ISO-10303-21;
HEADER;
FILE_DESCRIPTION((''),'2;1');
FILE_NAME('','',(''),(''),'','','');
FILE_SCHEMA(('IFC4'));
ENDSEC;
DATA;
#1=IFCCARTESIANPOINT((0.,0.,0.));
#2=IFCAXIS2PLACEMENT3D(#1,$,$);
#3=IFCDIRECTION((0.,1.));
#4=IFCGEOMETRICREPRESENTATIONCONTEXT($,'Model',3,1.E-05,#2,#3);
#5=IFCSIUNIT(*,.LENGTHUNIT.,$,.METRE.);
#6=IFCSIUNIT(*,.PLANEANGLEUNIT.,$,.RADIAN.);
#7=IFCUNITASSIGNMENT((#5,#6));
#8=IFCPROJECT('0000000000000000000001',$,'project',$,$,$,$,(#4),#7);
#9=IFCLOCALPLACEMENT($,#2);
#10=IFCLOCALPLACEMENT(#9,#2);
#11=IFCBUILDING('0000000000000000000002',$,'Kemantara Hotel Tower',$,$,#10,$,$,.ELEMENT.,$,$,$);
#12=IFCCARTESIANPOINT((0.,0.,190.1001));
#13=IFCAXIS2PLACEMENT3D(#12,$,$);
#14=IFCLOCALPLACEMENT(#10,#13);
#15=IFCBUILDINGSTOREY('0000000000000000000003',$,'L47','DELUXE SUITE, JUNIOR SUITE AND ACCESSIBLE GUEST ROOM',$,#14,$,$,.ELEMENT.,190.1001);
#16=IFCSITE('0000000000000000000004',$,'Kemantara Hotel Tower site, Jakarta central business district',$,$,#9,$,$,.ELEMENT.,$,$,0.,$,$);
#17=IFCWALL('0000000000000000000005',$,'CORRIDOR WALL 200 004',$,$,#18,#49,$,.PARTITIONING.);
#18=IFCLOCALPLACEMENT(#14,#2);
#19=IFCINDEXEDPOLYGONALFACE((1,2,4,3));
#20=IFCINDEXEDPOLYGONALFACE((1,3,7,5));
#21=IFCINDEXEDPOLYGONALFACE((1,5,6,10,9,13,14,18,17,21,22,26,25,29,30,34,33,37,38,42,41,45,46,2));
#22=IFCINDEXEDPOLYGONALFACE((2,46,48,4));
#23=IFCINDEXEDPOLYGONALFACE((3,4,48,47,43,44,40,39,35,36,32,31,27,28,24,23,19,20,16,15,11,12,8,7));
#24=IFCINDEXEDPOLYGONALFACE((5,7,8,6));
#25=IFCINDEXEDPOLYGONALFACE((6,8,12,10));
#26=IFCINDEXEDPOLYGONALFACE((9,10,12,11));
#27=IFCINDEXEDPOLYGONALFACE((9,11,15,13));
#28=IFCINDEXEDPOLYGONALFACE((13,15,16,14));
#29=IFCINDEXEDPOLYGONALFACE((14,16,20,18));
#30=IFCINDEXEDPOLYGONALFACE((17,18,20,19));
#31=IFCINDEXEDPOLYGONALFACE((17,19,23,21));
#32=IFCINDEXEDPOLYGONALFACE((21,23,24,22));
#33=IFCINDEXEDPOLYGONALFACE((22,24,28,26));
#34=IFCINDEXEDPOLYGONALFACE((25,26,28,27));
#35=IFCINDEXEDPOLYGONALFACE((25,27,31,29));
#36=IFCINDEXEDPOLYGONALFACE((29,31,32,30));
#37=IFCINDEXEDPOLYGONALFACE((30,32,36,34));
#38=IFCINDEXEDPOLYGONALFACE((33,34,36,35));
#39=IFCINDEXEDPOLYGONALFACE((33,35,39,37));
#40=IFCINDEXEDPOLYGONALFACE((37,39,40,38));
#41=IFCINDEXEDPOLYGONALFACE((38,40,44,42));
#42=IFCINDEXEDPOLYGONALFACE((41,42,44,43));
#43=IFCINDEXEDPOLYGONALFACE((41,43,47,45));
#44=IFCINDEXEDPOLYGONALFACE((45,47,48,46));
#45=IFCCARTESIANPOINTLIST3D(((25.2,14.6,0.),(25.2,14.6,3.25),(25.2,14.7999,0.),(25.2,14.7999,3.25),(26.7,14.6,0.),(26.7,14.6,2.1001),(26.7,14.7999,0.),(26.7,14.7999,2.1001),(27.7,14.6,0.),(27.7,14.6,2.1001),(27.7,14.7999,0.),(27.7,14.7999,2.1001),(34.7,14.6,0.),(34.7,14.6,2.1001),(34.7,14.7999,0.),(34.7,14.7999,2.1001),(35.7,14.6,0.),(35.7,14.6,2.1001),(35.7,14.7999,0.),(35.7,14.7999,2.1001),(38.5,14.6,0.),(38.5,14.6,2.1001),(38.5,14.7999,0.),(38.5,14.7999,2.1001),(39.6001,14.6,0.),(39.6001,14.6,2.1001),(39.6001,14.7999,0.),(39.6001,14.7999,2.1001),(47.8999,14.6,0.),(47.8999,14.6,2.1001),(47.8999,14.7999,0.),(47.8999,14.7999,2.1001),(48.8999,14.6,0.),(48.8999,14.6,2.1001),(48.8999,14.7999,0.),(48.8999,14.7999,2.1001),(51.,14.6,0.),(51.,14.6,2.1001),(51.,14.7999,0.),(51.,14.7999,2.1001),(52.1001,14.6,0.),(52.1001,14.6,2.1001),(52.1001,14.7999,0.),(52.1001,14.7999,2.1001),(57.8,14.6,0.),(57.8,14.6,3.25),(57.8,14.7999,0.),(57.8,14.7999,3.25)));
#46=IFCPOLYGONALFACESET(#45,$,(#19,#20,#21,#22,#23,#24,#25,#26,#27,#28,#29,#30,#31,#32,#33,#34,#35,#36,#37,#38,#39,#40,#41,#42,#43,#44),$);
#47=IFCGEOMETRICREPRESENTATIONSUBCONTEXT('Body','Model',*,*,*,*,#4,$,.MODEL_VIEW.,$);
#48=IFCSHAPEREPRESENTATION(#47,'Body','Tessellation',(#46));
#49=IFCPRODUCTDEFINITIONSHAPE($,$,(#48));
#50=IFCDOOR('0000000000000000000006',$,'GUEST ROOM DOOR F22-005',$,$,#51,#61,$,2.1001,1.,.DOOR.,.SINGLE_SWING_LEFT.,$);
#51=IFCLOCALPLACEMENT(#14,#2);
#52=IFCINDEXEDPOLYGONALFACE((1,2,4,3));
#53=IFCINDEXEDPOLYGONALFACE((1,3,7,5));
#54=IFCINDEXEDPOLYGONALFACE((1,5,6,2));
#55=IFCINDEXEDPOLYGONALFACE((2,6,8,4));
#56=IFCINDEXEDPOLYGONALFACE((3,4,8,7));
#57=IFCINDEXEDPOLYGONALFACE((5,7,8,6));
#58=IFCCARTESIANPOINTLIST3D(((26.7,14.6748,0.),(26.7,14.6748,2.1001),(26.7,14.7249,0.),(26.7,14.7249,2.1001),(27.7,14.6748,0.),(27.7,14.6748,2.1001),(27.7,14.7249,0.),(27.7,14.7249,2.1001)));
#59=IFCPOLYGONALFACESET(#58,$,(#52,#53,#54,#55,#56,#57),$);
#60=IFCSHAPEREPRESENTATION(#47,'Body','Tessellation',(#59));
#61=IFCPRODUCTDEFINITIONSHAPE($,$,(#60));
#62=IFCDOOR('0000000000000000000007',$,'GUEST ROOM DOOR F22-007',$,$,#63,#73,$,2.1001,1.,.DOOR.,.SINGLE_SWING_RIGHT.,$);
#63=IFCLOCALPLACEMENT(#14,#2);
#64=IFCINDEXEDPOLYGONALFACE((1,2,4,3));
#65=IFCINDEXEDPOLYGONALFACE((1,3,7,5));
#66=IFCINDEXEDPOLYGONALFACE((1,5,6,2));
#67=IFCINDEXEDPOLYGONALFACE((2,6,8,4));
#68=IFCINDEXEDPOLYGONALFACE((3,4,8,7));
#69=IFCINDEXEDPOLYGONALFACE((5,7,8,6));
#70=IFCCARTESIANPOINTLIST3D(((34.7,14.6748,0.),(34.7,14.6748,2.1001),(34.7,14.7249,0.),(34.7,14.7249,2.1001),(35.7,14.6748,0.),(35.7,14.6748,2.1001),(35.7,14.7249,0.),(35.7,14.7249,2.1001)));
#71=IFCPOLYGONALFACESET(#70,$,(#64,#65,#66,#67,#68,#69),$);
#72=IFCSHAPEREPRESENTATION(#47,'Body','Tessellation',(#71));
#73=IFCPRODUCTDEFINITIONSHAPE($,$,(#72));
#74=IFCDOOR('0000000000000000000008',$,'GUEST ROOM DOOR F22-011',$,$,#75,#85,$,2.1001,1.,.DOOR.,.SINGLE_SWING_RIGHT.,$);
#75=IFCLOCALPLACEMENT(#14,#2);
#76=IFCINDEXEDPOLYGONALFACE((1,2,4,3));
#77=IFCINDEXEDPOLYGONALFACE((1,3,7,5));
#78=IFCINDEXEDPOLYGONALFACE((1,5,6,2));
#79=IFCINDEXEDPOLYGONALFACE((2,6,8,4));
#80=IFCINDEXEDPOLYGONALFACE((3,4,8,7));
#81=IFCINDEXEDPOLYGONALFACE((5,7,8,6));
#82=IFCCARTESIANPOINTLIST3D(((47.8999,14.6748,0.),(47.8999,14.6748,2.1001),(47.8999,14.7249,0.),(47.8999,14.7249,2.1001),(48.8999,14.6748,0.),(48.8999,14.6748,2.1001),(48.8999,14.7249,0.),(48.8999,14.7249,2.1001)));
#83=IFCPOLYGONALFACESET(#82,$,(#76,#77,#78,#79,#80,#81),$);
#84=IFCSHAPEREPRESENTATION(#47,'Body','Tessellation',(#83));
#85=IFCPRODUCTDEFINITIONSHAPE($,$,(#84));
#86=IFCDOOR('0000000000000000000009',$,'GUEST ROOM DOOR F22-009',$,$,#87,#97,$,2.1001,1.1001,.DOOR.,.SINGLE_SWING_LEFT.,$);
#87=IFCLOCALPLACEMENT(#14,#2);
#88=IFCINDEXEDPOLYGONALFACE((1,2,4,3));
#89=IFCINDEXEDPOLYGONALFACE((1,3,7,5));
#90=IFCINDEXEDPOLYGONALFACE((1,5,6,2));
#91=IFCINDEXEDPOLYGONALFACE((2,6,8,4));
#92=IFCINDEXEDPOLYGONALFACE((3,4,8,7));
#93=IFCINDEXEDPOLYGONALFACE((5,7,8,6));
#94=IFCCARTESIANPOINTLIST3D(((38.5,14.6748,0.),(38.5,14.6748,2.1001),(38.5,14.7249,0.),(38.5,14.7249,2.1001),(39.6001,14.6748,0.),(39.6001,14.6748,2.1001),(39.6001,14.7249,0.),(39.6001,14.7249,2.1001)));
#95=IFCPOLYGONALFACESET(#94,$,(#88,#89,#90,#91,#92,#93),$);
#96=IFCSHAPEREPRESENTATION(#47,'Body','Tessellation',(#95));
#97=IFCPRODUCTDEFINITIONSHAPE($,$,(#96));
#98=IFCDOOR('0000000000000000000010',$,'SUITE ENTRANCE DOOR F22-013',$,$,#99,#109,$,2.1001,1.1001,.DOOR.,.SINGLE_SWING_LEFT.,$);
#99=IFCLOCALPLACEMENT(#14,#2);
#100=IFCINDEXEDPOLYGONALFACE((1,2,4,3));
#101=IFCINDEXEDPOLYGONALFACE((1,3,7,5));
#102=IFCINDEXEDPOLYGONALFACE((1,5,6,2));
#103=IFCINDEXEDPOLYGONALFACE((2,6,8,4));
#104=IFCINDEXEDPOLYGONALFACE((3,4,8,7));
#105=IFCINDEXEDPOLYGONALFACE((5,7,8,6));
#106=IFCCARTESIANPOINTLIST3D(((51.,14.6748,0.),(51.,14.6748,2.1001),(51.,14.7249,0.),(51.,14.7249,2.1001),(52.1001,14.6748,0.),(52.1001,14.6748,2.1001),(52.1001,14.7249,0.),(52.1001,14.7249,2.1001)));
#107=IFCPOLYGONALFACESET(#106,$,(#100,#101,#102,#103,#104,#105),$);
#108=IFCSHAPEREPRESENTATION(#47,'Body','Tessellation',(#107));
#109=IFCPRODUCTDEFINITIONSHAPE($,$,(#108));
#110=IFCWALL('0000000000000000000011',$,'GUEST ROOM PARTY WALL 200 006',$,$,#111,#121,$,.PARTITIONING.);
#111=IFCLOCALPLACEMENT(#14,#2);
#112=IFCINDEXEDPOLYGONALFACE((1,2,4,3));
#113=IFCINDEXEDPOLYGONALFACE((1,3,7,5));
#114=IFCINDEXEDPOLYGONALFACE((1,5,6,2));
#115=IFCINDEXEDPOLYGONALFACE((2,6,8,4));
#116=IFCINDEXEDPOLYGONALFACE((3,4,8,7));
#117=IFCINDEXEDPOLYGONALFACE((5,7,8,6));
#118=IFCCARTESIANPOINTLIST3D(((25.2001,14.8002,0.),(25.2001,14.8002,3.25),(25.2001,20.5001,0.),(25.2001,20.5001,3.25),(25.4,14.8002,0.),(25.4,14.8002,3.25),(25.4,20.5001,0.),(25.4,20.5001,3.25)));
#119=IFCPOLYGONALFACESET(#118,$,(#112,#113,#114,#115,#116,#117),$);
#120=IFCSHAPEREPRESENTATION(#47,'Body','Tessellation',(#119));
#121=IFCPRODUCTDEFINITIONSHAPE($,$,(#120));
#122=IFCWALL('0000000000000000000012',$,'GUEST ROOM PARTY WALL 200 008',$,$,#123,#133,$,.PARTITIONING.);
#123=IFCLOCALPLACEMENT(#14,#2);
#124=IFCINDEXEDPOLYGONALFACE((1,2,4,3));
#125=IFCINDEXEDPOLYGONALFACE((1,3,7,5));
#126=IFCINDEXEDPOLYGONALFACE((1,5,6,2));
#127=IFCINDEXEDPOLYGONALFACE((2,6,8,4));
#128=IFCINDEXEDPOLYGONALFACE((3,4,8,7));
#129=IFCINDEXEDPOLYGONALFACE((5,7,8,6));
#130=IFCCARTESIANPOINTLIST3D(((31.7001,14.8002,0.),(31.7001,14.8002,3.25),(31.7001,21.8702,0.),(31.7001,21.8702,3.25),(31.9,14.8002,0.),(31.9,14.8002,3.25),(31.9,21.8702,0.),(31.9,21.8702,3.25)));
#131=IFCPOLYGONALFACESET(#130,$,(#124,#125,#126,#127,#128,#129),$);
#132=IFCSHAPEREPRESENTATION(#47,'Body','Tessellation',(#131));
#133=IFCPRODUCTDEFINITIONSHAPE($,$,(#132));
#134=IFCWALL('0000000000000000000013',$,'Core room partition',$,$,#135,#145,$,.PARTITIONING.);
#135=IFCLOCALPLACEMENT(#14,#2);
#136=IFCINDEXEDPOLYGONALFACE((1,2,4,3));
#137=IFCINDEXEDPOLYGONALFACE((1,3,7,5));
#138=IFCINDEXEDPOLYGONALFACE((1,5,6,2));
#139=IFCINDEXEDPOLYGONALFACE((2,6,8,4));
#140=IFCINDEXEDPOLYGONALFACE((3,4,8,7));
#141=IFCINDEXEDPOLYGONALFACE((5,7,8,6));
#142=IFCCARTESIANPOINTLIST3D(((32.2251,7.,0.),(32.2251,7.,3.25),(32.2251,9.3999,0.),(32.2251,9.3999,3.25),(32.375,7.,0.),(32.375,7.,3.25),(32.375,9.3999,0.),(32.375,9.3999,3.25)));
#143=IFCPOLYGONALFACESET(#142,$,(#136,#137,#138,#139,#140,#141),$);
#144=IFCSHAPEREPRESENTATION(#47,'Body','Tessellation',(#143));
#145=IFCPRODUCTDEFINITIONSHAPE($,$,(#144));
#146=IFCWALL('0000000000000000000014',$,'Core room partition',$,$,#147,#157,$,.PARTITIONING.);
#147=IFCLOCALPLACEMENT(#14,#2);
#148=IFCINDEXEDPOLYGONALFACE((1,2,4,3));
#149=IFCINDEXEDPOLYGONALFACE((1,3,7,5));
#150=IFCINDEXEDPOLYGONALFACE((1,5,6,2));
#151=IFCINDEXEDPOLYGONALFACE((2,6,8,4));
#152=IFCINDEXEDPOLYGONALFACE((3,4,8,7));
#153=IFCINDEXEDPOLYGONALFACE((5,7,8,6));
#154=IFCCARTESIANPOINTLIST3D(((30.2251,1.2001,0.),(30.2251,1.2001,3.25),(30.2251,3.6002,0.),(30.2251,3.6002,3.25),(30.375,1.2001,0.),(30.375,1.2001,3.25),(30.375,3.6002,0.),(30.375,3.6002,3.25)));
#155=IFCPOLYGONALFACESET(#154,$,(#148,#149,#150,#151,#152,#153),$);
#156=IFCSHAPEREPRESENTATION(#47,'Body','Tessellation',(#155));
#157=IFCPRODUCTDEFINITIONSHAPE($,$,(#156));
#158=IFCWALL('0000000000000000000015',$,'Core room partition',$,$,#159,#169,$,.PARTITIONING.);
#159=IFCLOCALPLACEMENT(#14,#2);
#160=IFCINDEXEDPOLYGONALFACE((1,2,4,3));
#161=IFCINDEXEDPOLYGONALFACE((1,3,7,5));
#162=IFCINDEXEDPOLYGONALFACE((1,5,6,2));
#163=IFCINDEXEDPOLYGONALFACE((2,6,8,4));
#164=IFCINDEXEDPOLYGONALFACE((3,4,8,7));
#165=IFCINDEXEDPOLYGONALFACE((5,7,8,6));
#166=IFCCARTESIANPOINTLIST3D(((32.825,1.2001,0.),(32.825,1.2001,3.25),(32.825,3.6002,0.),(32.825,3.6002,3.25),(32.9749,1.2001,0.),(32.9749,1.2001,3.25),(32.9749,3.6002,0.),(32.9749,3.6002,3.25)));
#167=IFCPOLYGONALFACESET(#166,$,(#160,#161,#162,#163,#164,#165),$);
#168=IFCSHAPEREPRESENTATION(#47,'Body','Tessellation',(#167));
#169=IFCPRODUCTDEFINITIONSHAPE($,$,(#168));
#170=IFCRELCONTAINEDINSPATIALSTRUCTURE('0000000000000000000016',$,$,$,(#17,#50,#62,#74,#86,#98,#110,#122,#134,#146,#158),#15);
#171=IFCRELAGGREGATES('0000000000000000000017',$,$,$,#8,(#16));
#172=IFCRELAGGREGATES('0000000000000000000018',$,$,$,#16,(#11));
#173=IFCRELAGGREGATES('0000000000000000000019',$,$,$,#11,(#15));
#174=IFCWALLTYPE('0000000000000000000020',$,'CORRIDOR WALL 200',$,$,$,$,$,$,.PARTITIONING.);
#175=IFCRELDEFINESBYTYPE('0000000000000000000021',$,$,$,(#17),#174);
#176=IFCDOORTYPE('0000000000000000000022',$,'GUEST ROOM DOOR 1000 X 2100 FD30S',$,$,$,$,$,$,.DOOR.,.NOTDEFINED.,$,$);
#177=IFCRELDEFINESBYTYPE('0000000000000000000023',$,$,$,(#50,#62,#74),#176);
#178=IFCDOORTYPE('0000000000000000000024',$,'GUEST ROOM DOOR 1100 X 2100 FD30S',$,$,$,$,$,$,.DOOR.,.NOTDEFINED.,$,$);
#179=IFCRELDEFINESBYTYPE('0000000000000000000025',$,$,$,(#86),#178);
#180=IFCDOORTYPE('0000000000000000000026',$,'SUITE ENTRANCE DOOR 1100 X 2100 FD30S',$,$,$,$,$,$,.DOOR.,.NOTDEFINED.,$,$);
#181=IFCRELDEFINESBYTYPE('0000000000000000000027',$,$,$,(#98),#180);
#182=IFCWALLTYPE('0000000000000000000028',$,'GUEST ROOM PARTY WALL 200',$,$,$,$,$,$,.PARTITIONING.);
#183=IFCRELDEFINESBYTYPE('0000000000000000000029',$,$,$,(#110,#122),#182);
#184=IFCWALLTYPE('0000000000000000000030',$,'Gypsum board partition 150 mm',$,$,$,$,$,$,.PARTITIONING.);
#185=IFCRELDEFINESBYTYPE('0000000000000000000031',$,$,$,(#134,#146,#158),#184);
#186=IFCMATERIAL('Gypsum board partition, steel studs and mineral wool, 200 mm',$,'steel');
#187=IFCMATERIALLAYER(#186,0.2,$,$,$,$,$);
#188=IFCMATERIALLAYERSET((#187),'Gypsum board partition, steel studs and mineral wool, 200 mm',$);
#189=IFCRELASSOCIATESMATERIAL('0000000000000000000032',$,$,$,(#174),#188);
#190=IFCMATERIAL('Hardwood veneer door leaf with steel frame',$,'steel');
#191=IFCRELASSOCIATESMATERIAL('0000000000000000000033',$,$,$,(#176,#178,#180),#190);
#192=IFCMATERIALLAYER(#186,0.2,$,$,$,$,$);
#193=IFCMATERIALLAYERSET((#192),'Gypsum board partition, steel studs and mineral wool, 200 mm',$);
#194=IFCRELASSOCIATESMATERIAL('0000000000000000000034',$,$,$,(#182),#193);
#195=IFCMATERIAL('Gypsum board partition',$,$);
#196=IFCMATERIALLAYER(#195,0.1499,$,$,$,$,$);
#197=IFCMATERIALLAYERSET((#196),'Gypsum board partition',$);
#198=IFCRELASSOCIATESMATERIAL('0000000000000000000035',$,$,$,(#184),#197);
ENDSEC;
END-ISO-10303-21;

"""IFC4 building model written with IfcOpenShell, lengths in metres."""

from ifc_helpers import new_model, si_unit, direction, frame, frame_2d, origin, place, context, subcontext, project, spatial, rectangle, extrude, material, layer, layer_set, type_object, element, fill, save


model = new_model("IFC4")

# Units and contexts
model_context = context("Model", 3, precision=1e-05, world=origin(), true_north=direction((0.0, 1.0)))
body_context = subcontext(model_context, "Body", "Model", "MODEL_VIEW")
ifc_project = project(units=[si_unit("LENGTHUNIT", "METRE"), si_unit("PLANEANGLEUNIT", "RADIAN")], contexts=[model_context])

# Site, building, storey
site_placement = place(None, origin())
site = spatial("IfcSite", under=ifc_project, at=site_placement, Name="Kemantara Hotel Tower site, Jakarta central business district", CompositionType="ELEMENT", RefElevation=0.0)
building_placement = place(site_placement, origin())
building = spatial("IfcBuilding", under=site, at=building_placement, Name="Kemantara Hotel Tower", CompositionType="ELEMENT")
storey_placement = place(building_placement, frame((0.0, 0.0, 190.1001)))
storey = spatial("IfcBuildingStorey", under=building, at=storey_placement, Name="L47", Description="DELUXE SUITE, JUNIOR SUITE AND ACCESSIBLE GUEST ROOM", CompositionType="ELEMENT", Elevation=190.1001)

# Wall, openings, doors
ifc_material_1 = material(Name="Gypsum board partition, steel studs and mineral wool, 200 mm", Category="steel")
ifc_layer_1 = layer(ifc_material_1, 0.2)
ifc_layer_set_1 = layer_set([ifc_layer_1], Name="Gypsum board partition, steel studs and mineral wool, 200 mm")
wall_type_1 = type_object("IfcWallType", Name="CORRIDOR WALL 200", PredefinedType="PARTITIONING", material=ifc_layer_set_1)
wall_1_placement = place(storey_placement, frame((25.2, 14.7, 0.0), z_axis=(0.0, 0.0, 1.0), x_axis=(1.0, 0.0, 0.0)))
wall_1 = element("IfcWall", 1, at=wall_1_placement, inside=storey, type_object=wall_type_1, Name="CORRIDOR WALL 200 004", PredefinedType="PARTITIONING", context=body_context, shape_type="SweptSolid", body=[
    extrude(rectangle(XDim=32.6001, YDim=0.2, at=frame_2d((16.3, 0.0))), origin(), (0.0, 0.0, 1.0), 3.25),
])
opening_1_placement = place(wall_1_placement, frame((1.5, 0.0, 0.0)))
opening_1 = element("IfcOpeningElement", 2, at=opening_1_placement, cuts=wall_1, PredefinedType="OPENING", context=body_context, shape_type="SweptSolid", body=[
    extrude(rectangle(XDim=1.0, YDim=2.1001, at=frame_2d((0.5, 1.05))), frame((0.0, 0.1099, 0.0), z_axis=(0.0, -1.0, 0.0), x_axis=(1.0, 0.0, 0.0)), (0.0, 0.0, 1.0), 0.22),
])
opening_2_placement = place(wall_1_placement, frame((9.5, 0.0, 0.0)))
opening_2 = element("IfcOpeningElement", 3, at=opening_2_placement, cuts=wall_1, PredefinedType="OPENING", context=body_context, shape_type="SweptSolid", body=[
    extrude(rectangle(XDim=1.0, YDim=2.1001, at=frame_2d((0.5, 1.05))), frame((0.0, 0.1099, 0.0), z_axis=(0.0, -1.0, 0.0), x_axis=(1.0, 0.0, 0.0)), (0.0, 0.0, 1.0), 0.22),
])
opening_3_placement = place(wall_1_placement, frame((13.3, 0.0, 0.0)))
opening_3 = element("IfcOpeningElement", 4, at=opening_3_placement, cuts=wall_1, PredefinedType="OPENING", context=body_context, shape_type="SweptSolid", body=[
    extrude(rectangle(XDim=1.1001, YDim=2.1001, at=frame_2d((0.55, 1.05))), frame((0.0, 0.1099, 0.0), z_axis=(0.0, -1.0, 0.0), x_axis=(1.0, 0.0, 0.0)), (0.0, 0.0, 1.0), 0.22),
])
opening_4_placement = place(wall_1_placement, frame((22.7, 0.0, 0.0)))
opening_4 = element("IfcOpeningElement", 5, at=opening_4_placement, cuts=wall_1, PredefinedType="OPENING", context=body_context, shape_type="SweptSolid", body=[
    extrude(rectangle(XDim=1.0, YDim=2.1001, at=frame_2d((0.5, 1.05))), frame((0.0, 0.1099, 0.0), z_axis=(0.0, -1.0, 0.0), x_axis=(1.0, 0.0, 0.0)), (0.0, 0.0, 1.0), 0.22),
])
opening_5_placement = place(wall_1_placement, frame((25.8, 0.0, 0.0)))
opening_5 = element("IfcOpeningElement", 6, at=opening_5_placement, cuts=wall_1, PredefinedType="OPENING", context=body_context, shape_type="SweptSolid", body=[
    extrude(rectangle(XDim=1.1001, YDim=2.1001, at=frame_2d((0.55, 1.05))), frame((0.0, 0.1099, 0.0), z_axis=(0.0, -1.0, 0.0), x_axis=(1.0, 0.0, 0.0)), (0.0, 0.0, 1.0), 0.22),
])
ifc_material_2 = material(Name="Hardwood veneer door leaf with steel frame", Category="steel")
door_type_1 = type_object("IfcDoorType", Name="GUEST ROOM DOOR 1000 X 2100 FD30S", OperationType="NOTDEFINED", PredefinedType="DOOR", material=ifc_material_2)
door_1_placement = place(opening_1_placement, origin())
door_1 = element("IfcDoor", 7, at=door_1_placement, inside=storey, type_object=door_type_1, Name="GUEST ROOM DOOR F22-005", OperationType="SINGLE_SWING_LEFT", OverallHeight=2.1001, OverallWidth=1.0, PredefinedType="DOOR", context=body_context, shape_type="SweptSolid", body=[
    extrude(rectangle(XDim=1.0, YDim=2.1001, at=frame_2d((0.5, 1.05))), frame((0.0, 0.0249, 0.0), z_axis=(0.0, -1.0, 0.0), x_axis=(1.0, 0.0, 0.0)), (0.0, 0.0, 1.0), 0.05),
])
fill(opening_1, door_1)
door_2_placement = place(opening_2_placement, origin())
door_2 = element("IfcDoor", 8, at=door_2_placement, inside=storey, type_object=door_type_1, Name="GUEST ROOM DOOR F22-007", OperationType="SINGLE_SWING_RIGHT", OverallHeight=2.1001, OverallWidth=1.0, PredefinedType="DOOR", context=body_context, shape_type="SweptSolid", body=[
    extrude(rectangle(XDim=1.0, YDim=2.1001, at=frame_2d((0.5, 1.05))), frame((0.0, 0.0249, 0.0), z_axis=(0.0, -1.0, 0.0), x_axis=(1.0, 0.0, 0.0)), (0.0, 0.0, 1.0), 0.05),
])
fill(opening_2, door_2)
door_3_placement = place(opening_4_placement, origin())
door_3 = element("IfcDoor", 9, at=door_3_placement, inside=storey, type_object=door_type_1, Name="GUEST ROOM DOOR F22-011", OperationType="SINGLE_SWING_RIGHT", OverallHeight=2.1001, OverallWidth=1.0, PredefinedType="DOOR", context=body_context, shape_type="SweptSolid", body=[
    extrude(rectangle(XDim=1.0, YDim=2.1001, at=frame_2d((0.5, 1.05))), frame((0.0, 0.0249, 0.0), z_axis=(0.0, -1.0, 0.0), x_axis=(1.0, 0.0, 0.0)), (0.0, 0.0, 1.0), 0.05),
])
fill(opening_4, door_3)
door_type_2 = type_object("IfcDoorType", Name="GUEST ROOM DOOR 1100 X 2100 FD30S", OperationType="NOTDEFINED", PredefinedType="DOOR", material=ifc_material_2)
door_4_placement = place(opening_3_placement, origin())
door_4 = element("IfcDoor", 10, at=door_4_placement, inside=storey, type_object=door_type_2, Name="GUEST ROOM DOOR F22-009", OperationType="SINGLE_SWING_LEFT", OverallHeight=2.1001, OverallWidth=1.1001, PredefinedType="DOOR", context=body_context, shape_type="SweptSolid", body=[
    extrude(rectangle(XDim=1.1001, YDim=2.1001, at=frame_2d((0.55, 1.05))), frame((0.0, 0.0249, 0.0), z_axis=(0.0, -1.0, 0.0), x_axis=(1.0, 0.0, 0.0)), (0.0, 0.0, 1.0), 0.05),
])
fill(opening_3, door_4)
door_type_3 = type_object("IfcDoorType", Name="SUITE ENTRANCE DOOR 1100 X 2100 FD30S", OperationType="NOTDEFINED", PredefinedType="DOOR", material=ifc_material_2)
door_5_placement = place(opening_5_placement, origin())
door_5 = element("IfcDoor", 11, at=door_5_placement, inside=storey, type_object=door_type_3, Name="SUITE ENTRANCE DOOR F22-013", OperationType="SINGLE_SWING_LEFT", OverallHeight=2.1001, OverallWidth=1.1001, PredefinedType="DOOR", context=body_context, shape_type="SweptSolid", body=[
    extrude(rectangle(XDim=1.1001, YDim=2.1001, at=frame_2d((0.55, 1.05))), frame((0.0, 0.0249, 0.0), z_axis=(0.0, -1.0, 0.0), x_axis=(1.0, 0.0, 0.0)), (0.0, 0.0, 1.0), 0.05),
])
fill(opening_5, door_5)

# Walls
ifc_layer_2 = layer(ifc_material_1, 0.2)
ifc_layer_set_2 = layer_set([ifc_layer_2], Name="Gypsum board partition, steel studs and mineral wool, 200 mm")
wall_type_2 = type_object("IfcWallType", Name="GUEST ROOM PARTY WALL 200", PredefinedType="PARTITIONING", material=ifc_layer_set_2)
wall_2_placement = place(storey_placement, frame((25.3, 14.8, 0.0), z_axis=(0.0, 0.0, 1.0), x_axis=(0.0, 1.0, 0.0)))
element("IfcWall", 12, at=wall_2_placement, inside=storey, type_object=wall_type_2, Name="GUEST ROOM PARTY WALL 200 006", PredefinedType="PARTITIONING", context=body_context, shape_type="SweptSolid", body=[
    extrude(rectangle(XDim=5.7, YDim=0.2, at=frame_2d((2.8501, 0.0))), origin(), (0.0, 0.0, 1.0), 3.25),
])
wall_3_placement = place(storey_placement, frame((31.8, 14.8, 0.0), z_axis=(0.0, 0.0, 1.0), x_axis=(0.0, 1.0, 0.0)))
element("IfcWall", 13, at=wall_3_placement, inside=storey, type_object=wall_type_2, Name="GUEST ROOM PARTY WALL 200 008", PredefinedType="PARTITIONING", context=body_context, shape_type="SweptSolid", body=[
    extrude(rectangle(XDim=7.0701, YDim=0.2, at=frame_2d((3.5352, 0.0))), origin(), (0.0, 0.0, 1.0), 3.25),
])
ifc_material_3 = material(Name="Gypsum board partition")
ifc_layer_3 = layer(ifc_material_3, 0.1499)
ifc_layer_set_3 = layer_set([ifc_layer_3], Name="Gypsum board partition")
wall_type_3 = type_object("IfcWallType", Name="Gypsum board partition 150 mm", PredefinedType="PARTITIONING", material=ifc_layer_set_3)
wall_4_placement = place(storey_placement, frame((32.3, 7.0, 0.0), z_axis=(0.0, 0.0, 1.0), x_axis=(0.0, 1.0, 0.0)))
element("IfcWall", 14, at=wall_4_placement, inside=storey, type_object=wall_type_3, Name="Core room partition", PredefinedType="PARTITIONING", context=body_context, shape_type="SweptSolid", body=[
    extrude(rectangle(XDim=2.3999, YDim=0.1499, at=frame_2d((1.2, 0.0))), origin(), (0.0, 0.0, 1.0), 3.25),
])
for number, where, z_axis, x_axis, name in (
    (15, (30.3, 1.2, 0.0), (0.0, 0.0, 1.0), (0.0, 1.0, 0.0), "Core room partition"),
    (16, (32.8999, 1.2, 0.0), (0.0, 0.0, 1.0), (0.0, 1.0, 0.0), "Core room partition"),
):
    element("IfcWall", number, at=place(storey_placement, frame(where, z_axis=z_axis, x_axis=x_axis)), inside=storey, type_object=wall_type_3, Name=name, PredefinedType="PARTITIONING", context=body_context, shape_type="SweptSolid", body=[
        extrude(rectangle(XDim=2.4001, YDim=0.1499, at=frame_2d((1.2002, 0.0))), origin(), (0.0, 0.0, 1.0), 3.25),
    ])

save(model, "model.ifc")
